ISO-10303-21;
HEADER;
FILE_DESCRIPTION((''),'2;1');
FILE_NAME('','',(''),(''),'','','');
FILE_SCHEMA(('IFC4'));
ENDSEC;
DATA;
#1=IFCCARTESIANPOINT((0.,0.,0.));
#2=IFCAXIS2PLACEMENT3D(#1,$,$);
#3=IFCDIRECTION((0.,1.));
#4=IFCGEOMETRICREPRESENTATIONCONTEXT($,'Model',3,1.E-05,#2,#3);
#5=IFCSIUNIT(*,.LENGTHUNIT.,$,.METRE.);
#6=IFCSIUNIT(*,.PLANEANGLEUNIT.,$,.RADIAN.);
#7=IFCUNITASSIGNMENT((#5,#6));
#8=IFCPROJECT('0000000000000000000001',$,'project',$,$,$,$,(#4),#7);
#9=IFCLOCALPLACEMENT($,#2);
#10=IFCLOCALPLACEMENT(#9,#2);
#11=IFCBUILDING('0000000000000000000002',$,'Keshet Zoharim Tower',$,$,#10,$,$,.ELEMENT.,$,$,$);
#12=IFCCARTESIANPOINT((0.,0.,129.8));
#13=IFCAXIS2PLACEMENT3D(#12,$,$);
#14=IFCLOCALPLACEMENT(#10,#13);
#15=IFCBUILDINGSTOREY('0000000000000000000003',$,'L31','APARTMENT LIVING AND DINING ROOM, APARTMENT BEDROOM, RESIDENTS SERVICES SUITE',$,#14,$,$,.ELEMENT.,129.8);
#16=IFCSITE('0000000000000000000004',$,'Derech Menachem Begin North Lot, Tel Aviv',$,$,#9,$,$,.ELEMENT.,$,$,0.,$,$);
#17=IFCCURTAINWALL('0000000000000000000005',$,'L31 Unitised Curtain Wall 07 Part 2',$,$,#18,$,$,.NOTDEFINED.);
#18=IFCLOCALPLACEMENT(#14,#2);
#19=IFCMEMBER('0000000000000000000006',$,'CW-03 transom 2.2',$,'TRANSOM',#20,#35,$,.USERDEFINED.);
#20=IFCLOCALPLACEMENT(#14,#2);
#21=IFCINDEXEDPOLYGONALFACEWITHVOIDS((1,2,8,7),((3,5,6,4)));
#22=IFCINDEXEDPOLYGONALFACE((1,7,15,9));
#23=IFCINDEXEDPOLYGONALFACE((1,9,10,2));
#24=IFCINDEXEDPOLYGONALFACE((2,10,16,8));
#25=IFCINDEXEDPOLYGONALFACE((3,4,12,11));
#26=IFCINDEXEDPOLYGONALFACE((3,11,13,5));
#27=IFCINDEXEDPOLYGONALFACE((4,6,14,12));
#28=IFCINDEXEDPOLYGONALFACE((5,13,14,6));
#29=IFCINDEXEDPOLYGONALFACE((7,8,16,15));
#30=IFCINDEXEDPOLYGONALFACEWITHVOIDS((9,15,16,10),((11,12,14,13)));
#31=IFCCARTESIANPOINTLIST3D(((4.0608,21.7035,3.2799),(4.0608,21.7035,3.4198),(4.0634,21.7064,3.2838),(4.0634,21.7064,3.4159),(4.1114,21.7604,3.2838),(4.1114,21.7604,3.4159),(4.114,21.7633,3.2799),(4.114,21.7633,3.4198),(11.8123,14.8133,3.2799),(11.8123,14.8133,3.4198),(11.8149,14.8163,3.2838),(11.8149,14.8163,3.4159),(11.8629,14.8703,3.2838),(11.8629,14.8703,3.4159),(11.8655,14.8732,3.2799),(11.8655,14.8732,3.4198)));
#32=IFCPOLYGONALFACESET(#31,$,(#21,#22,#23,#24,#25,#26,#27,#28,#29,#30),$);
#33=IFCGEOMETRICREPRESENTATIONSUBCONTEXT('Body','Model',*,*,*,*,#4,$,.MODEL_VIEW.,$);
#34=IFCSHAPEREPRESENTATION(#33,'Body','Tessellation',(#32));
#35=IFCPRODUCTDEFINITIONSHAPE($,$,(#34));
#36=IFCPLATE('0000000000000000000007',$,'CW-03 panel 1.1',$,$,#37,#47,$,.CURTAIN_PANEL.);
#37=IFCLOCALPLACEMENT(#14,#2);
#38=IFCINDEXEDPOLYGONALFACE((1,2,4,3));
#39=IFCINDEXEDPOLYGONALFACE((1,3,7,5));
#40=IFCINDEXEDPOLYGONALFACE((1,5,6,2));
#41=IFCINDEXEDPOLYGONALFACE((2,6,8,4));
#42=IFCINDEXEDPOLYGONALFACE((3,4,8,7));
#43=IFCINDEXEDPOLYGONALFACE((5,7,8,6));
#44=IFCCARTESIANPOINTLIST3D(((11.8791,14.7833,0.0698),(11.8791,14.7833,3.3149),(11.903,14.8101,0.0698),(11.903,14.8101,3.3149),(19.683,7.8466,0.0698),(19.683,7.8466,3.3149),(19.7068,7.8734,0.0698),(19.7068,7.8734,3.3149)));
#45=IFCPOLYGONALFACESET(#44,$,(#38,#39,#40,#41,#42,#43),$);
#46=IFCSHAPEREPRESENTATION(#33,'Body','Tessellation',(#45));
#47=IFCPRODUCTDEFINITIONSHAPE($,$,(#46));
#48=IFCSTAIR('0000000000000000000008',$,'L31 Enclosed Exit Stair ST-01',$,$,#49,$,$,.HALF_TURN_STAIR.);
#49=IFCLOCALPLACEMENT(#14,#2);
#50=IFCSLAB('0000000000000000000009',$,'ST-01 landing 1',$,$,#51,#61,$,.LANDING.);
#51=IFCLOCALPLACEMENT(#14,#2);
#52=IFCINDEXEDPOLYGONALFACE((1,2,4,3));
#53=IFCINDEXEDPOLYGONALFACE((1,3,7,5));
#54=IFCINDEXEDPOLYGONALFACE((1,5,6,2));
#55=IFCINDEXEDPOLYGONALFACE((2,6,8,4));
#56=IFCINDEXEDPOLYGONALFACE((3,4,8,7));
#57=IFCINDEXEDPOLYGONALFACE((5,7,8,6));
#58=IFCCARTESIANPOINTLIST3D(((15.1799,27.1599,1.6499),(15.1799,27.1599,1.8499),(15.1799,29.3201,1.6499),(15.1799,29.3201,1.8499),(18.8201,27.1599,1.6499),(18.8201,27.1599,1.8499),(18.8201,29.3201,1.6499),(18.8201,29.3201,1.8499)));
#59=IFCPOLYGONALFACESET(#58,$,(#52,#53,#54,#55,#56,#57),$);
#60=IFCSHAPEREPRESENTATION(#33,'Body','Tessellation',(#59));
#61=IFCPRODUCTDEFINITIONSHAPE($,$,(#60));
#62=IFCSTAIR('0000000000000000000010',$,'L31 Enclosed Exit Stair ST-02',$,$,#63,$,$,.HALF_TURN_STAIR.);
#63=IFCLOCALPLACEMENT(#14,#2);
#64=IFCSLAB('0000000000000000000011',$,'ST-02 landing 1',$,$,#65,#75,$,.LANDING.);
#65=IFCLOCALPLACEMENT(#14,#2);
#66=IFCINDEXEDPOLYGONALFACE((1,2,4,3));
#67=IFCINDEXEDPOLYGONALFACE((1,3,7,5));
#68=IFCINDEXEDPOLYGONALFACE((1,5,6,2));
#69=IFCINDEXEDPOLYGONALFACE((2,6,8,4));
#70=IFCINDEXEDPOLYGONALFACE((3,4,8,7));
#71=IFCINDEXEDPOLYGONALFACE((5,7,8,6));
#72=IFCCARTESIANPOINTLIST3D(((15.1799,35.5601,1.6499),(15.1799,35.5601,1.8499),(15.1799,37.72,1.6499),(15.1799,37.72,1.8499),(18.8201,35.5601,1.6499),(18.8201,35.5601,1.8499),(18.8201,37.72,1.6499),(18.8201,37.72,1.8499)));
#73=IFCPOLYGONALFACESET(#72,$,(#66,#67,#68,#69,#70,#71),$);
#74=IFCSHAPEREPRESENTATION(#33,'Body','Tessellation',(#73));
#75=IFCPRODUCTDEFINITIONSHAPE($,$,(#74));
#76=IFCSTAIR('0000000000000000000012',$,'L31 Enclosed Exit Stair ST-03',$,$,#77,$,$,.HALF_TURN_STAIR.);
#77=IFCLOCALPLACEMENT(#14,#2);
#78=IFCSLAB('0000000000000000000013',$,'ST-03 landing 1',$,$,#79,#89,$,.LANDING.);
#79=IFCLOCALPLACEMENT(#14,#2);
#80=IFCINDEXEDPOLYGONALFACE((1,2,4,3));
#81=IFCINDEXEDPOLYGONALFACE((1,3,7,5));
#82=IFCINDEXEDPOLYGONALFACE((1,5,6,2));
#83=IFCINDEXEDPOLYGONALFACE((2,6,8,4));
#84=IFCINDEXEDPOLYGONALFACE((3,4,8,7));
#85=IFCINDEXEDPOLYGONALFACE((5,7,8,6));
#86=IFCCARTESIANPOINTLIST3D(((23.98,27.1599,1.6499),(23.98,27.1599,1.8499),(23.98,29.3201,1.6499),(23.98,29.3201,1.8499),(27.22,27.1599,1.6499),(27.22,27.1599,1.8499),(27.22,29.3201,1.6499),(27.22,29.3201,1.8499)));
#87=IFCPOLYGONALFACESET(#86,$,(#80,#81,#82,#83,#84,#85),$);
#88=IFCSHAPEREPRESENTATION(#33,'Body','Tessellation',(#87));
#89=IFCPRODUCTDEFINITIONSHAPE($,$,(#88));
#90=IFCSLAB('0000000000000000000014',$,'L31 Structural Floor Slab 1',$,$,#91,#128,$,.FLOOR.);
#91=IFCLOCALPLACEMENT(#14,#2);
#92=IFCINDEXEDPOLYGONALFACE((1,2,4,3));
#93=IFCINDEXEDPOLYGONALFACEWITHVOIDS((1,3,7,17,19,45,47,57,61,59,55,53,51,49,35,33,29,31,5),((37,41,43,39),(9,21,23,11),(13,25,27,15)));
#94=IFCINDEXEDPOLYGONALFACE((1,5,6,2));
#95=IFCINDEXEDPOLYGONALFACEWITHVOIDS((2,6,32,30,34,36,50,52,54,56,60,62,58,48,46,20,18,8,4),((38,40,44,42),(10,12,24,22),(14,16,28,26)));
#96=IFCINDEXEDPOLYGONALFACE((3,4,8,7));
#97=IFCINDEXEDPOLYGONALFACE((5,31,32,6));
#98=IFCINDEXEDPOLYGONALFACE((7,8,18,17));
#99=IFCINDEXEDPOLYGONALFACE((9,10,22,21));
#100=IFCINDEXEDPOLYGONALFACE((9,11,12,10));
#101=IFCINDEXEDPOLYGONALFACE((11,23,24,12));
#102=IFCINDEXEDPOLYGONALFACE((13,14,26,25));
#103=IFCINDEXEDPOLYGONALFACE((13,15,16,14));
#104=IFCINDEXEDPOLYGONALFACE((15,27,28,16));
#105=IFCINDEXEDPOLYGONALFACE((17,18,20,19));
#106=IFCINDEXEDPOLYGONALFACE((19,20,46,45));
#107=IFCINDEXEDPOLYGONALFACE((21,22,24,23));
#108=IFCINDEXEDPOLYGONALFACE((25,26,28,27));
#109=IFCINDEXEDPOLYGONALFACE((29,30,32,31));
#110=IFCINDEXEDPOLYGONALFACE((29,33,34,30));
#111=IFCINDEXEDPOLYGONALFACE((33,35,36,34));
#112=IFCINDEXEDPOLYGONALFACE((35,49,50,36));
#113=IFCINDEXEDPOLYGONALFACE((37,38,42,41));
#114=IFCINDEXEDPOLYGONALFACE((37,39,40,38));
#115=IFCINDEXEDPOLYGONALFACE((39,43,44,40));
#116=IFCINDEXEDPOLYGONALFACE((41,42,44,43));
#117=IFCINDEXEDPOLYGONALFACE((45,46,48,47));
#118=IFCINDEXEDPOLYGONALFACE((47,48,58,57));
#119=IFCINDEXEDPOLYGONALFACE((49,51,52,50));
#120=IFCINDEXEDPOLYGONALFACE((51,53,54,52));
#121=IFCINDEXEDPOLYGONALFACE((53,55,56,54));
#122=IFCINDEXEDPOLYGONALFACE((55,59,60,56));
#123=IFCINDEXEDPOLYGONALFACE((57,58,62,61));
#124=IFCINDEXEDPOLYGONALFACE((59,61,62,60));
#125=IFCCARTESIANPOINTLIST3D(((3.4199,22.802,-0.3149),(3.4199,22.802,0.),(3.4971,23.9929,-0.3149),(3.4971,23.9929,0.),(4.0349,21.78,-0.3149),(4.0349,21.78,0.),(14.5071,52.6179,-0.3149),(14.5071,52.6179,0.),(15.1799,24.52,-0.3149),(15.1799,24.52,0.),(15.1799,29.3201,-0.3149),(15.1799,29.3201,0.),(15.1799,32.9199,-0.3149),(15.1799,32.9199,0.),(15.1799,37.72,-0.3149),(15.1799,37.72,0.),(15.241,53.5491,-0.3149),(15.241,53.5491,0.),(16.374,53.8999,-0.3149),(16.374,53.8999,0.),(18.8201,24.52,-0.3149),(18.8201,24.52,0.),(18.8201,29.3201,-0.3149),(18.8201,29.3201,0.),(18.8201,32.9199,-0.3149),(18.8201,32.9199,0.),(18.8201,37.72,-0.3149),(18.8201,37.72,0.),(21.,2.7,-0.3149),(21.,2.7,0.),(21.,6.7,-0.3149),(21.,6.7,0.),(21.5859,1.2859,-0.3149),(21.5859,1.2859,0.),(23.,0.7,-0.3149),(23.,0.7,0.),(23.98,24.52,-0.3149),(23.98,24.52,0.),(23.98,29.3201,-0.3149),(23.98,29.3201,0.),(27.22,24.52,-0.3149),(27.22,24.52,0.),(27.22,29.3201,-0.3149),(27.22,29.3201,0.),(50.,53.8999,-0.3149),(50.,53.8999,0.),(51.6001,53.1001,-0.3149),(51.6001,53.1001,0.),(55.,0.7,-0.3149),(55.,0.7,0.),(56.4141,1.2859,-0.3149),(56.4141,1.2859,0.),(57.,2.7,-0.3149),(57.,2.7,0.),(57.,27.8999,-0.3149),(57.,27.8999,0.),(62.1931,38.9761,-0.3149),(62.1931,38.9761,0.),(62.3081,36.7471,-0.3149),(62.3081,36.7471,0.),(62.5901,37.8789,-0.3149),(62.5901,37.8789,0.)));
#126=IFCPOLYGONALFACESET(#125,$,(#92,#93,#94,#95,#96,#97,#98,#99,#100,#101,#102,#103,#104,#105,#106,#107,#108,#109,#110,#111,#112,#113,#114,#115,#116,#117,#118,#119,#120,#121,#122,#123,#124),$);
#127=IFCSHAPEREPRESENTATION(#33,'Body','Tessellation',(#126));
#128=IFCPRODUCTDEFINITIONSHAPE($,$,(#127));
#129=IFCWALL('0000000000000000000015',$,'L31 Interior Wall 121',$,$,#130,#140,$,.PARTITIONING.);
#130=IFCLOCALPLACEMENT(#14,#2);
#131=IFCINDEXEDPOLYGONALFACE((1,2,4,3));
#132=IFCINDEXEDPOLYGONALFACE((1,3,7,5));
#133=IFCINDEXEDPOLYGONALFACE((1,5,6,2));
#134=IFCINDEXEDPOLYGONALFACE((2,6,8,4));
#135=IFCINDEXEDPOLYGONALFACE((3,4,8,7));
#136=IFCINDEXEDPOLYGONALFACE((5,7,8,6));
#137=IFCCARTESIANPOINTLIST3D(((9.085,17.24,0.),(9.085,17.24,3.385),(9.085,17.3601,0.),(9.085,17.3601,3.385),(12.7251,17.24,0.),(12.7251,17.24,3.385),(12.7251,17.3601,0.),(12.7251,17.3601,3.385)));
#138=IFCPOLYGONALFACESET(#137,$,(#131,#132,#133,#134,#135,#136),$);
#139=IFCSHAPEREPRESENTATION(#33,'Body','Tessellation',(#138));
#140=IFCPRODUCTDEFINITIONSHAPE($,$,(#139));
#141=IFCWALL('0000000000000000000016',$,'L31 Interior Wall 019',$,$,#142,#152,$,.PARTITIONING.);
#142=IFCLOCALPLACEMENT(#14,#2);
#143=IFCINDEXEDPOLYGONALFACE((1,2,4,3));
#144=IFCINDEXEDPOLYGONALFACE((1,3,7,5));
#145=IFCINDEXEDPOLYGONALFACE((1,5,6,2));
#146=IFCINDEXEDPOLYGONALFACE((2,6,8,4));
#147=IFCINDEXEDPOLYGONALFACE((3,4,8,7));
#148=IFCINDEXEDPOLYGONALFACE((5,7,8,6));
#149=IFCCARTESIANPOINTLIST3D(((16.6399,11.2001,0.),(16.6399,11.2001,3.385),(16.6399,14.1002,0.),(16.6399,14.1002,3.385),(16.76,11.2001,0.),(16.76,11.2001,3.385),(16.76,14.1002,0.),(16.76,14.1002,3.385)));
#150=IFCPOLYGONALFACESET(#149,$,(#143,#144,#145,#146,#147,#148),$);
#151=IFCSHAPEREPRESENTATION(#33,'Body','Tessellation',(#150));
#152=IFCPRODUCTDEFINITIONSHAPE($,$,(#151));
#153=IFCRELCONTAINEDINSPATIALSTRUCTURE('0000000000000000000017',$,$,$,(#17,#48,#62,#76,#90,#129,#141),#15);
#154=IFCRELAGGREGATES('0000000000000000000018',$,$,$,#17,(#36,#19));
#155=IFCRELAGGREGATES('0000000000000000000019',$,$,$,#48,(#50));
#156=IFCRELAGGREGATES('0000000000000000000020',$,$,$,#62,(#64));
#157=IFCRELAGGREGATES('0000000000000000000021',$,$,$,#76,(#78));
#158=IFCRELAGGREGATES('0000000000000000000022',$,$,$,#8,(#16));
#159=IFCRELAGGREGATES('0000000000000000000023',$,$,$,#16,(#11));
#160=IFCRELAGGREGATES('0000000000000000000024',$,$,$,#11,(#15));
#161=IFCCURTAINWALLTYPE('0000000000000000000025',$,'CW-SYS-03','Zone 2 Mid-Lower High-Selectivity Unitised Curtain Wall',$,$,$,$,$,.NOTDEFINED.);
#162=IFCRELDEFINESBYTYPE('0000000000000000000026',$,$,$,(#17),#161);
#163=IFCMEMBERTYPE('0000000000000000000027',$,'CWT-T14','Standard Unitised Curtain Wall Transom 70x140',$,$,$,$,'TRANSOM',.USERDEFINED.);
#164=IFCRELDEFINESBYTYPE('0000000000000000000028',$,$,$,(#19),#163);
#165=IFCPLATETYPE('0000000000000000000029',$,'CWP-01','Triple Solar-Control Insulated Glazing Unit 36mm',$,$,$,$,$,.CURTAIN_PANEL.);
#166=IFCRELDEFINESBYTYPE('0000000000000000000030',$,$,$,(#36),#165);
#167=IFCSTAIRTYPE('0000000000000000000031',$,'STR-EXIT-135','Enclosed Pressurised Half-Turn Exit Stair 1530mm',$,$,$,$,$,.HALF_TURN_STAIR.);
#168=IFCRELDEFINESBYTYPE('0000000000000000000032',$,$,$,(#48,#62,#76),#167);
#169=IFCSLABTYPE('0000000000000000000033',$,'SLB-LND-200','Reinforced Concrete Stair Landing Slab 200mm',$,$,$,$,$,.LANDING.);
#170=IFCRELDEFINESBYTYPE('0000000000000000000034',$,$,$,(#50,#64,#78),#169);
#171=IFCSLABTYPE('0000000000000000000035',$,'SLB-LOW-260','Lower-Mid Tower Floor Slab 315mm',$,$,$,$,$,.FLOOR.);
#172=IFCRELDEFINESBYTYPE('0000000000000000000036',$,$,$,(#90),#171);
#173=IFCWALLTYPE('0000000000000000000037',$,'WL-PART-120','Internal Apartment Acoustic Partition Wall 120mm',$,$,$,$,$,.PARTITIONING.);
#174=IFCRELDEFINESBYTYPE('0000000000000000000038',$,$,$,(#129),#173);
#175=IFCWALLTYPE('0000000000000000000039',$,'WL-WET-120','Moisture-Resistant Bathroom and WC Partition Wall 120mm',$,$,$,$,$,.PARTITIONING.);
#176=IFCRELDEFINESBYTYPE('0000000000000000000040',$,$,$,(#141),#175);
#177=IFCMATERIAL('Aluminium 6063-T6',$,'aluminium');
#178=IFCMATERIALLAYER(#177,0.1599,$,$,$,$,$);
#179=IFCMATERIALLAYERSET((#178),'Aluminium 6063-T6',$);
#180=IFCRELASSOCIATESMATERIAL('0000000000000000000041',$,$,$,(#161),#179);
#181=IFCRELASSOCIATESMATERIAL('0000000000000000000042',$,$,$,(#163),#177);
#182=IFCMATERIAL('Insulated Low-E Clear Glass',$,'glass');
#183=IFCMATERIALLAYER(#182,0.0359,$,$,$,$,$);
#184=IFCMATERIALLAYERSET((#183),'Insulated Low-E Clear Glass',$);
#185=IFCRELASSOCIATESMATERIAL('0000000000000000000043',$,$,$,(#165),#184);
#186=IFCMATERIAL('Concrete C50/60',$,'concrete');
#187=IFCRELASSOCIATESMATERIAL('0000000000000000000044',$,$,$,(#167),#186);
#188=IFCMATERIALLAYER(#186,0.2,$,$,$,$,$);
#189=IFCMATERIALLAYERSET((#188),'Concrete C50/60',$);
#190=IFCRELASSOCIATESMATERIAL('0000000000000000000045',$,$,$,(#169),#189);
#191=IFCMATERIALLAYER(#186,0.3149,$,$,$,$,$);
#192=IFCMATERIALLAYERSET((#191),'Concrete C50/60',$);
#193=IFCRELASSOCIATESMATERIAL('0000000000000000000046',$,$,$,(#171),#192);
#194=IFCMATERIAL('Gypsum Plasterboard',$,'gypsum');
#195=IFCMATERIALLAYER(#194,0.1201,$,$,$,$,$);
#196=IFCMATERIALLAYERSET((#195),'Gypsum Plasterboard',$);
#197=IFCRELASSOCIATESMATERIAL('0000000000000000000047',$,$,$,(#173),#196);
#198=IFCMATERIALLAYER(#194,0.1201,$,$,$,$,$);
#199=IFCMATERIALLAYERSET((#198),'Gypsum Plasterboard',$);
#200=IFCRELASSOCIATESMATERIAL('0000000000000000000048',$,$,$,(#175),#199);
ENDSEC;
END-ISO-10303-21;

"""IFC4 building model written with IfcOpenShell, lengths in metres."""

from ifc_helpers import new_model, si_unit, direction, frame, frame_2d, origin, origin_2d, place, context, subcontext, project, spatial, polyline, rectangle, hollow_rectangle, outline, extrude, material, layer, layer_set, material_profile, profile_set, type_object, element, aggregate, save


model = new_model("IFC4")

# Units and contexts
model_context = context("Model", 3, precision=1e-05, world=origin(), true_north=direction((0.0, 1.0)))
body_context = subcontext(model_context, "Body", "Model", "MODEL_VIEW")
ifc_project = project(units=[si_unit("LENGTHUNIT", "METRE"), si_unit("PLANEANGLEUNIT", "RADIAN")], contexts=[model_context])

# Site, building, storey
site_placement = place(None, origin())
site = spatial("IfcSite", under=ifc_project, at=site_placement, Name="Derech Menachem Begin North Lot, Tel Aviv", CompositionType="ELEMENT", RefElevation=0.0)
building_placement = place(site_placement, origin())
building = spatial("IfcBuilding", under=site, at=building_placement, Name="Keshet Zoharim Tower", CompositionType="ELEMENT")
storey_placement = place(building_placement, frame((0.0, 0.0, 129.8)))
storey = spatial("IfcBuildingStorey", under=building, at=storey_placement, Name="L31", Description="APARTMENT LIVING AND DINING ROOM, APARTMENT BEDROOM, RESIDENTS SERVICES SUITE", CompositionType="ELEMENT", Elevation=129.8)

# Curtain wall, member, plate
ifc_material_1 = material(Name="Aluminium 6063-T6", Category="aluminium")
ifc_layer_1 = layer(ifc_material_1, 0.1599)
ifc_layer_set_1 = layer_set([ifc_layer_1], Name="Aluminium 6063-T6")
curtain_wall_type = type_object("IfcCurtainWallType", Name="CW-SYS-03", Description="Zone 2 Mid-Lower High-Selectivity Unitised Curtain Wall", PredefinedType="NOTDEFINED", material=ifc_layer_set_1)
curtain_wall_placement = place(storey_placement, origin())
curtain_wall = element("IfcCurtainWall", 1, at=curtain_wall_placement, inside=storey, type_object=curtain_wall_type, Name="L31 Unitised Curtain Wall 07 Part 2", PredefinedType="NOTDEFINED")
ifc_material_profile_1 = material_profile(ifc_material_1, hollow_rectangle(XDim=0.0801, YDim=0.1399, WallThickness=0.0039, at=origin_2d()), Name="TRN-80x140")
ifc_profile_set_1 = profile_set([ifc_material_profile_1], Name="Aluminium 6063-T6")
member_type_1 = type_object("IfcMemberType", Name="CWT-T14", Description="Standard Unitised Curtain Wall Transom 70x140", ElementType="TRANSOM", PredefinedType="USERDEFINED", material=ifc_profile_set_1)
member_1_placement = place(storey_placement, frame((11.8389, 14.8433, 3.3499), z_axis=(-0.747412, 0.664361, 0.0), x_axis=(-0.664361, -0.747412, 0.0)))
member_1 = element("IfcMember", 2, at=member_1_placement, type_object=member_type_1, Name="CW-03 transom 2.2", ObjectType="TRANSOM", PredefinedType="USERDEFINED", context=body_context, shape_type="SweptSolid", body=[
    extrude(hollow_rectangle(XDim=0.0801, YDim=0.1399, WallThickness=0.0039, at=origin_2d()), origin(), (0.0, 0.0, 1.0), 10.3711),
])
ifc_material_2 = material(Name="Insulated Low-E Clear Glass", Category="glass")
ifc_layer_2 = layer(ifc_material_2, 0.0359)
ifc_layer_set_2 = layer_set([ifc_layer_2], Name="Insulated Low-E Clear Glass")
plate_type = type_object("IfcPlateType", Name="CWP-01", Description="Triple Solar-Control Insulated Glazing Unit 36mm", PredefinedType="CURTAIN_PANEL", material=ifc_layer_set_2)
plate_placement = place(storey_placement, frame((15.793, 11.3284, 0.0698), z_axis=(0.0, 0.0, 1.0), x_axis=(-0.74741, 0.664364, 0.0)))
plate = element("IfcPlate", 3, at=plate_placement, type_object=plate_type, Name="CW-03 panel 1.1", PredefinedType="CURTAIN_PANEL", context=body_context, shape_type="SweptSolid", body=[
    extrude(rectangle(XDim=10.4412, YDim=0.0359, at=origin_2d()), origin(), (0.0, 0.0, 1.0), 3.2451),
])
aggregate(curtain_wall, [plate, member_1])

# Stairs, slabs
ifc_material_3 = material(Name="Concrete C50/60", Category="concrete")
stair_type = type_object("IfcStairType", Name="STR-EXIT-135", Description="Enclosed Pressurised Half-Turn Exit Stair 1530mm", PredefinedType="HALF_TURN_STAIR", material=ifc_material_3)
stair_1_placement = place(storey_placement, origin())
stair_1 = element("IfcStair", 4, at=stair_1_placement, inside=storey, type_object=stair_type, Name="L31 Enclosed Exit Stair ST-01", PredefinedType="HALF_TURN_STAIR")
ifc_layer_3 = layer(ifc_material_3, 0.2)
ifc_layer_set_3 = layer_set([ifc_layer_3], Name="Concrete C50/60")
slab_type_1 = type_object("IfcSlabType", Name="SLB-LND-200", Description="Reinforced Concrete Stair Landing Slab 200mm", PredefinedType="LANDING", material=ifc_layer_set_3)
slab_1_placement = place(storey_placement, frame((0.0, 0.0, 1.6499)))
slab_1 = element("IfcSlab", 5, at=slab_1_placement, type_object=slab_type_1, Name="ST-01 landing 1", PredefinedType="LANDING", context=body_context, shape_type="SweptSolid", body=[
    extrude(outline(polyline([(15.1799, 27.1599), (18.8201, 27.1599), (18.8201, 29.3201), (15.1799, 29.3201), (15.1799, 27.1599)])), origin(), (0.0, 0.0, 1.0), 0.2),
])
aggregate(stair_1, [slab_1])
stair_2_placement = place(storey_placement, origin())
stair_2 = element("IfcStair", 6, at=stair_2_placement, inside=storey, type_object=stair_type, Name="L31 Enclosed Exit Stair ST-02", PredefinedType="HALF_TURN_STAIR")
slab_2_placement = place(storey_placement, frame((0.0, 0.0, 1.6499)))
slab_2 = element("IfcSlab", 7, at=slab_2_placement, type_object=slab_type_1, Name="ST-02 landing 1", PredefinedType="LANDING", context=body_context, shape_type="SweptSolid", body=[
    extrude(outline(polyline([(15.1799, 35.5601), (18.8201, 35.5601), (18.8201, 37.72), (15.1799, 37.72), (15.1799, 35.5601)])), origin(), (0.0, 0.0, 1.0), 0.2),
])
aggregate(stair_2, [slab_2])
stair_3_placement = place(storey_placement, origin())
stair_3 = element("IfcStair", 8, at=stair_3_placement, inside=storey, type_object=stair_type, Name="L31 Enclosed Exit Stair ST-03", PredefinedType="HALF_TURN_STAIR")
slab_3_placement = place(storey_placement, frame((0.0, 0.0, 1.6499)))
slab_3 = element("IfcSlab", 9, at=slab_3_placement, type_object=slab_type_1, Name="ST-03 landing 1", PredefinedType="LANDING", context=body_context, shape_type="SweptSolid", body=[
    extrude(outline(polyline([(23.98, 27.1599), (27.22, 27.1599), (27.22, 29.3201), (23.98, 29.3201), (23.98, 27.1599)])), origin(), (0.0, 0.0, 1.0), 0.2),
])
aggregate(stair_3, [slab_3])

# Slab
ifc_layer_4 = layer(ifc_material_3, 0.3149)
ifc_layer_set_4 = layer_set([ifc_layer_4], Name="Concrete C50/60")
slab_type_2 = type_object("IfcSlabType", Name="SLB-LOW-260", Description="Lower-Mid Tower Floor Slab 315mm", PredefinedType="FLOOR", material=ifc_layer_set_4)
slab_4_placement = place(storey_placement, frame((0.0, 0.0, -0.3149)))
element("IfcSlab", 10, at=slab_4_placement, inside=storey, type_object=slab_type_2, Name="L31 Structural Floor Slab 1", PredefinedType="FLOOR", context=body_context, shape_type="SweptSolid", body=[
    extrude(outline(polyline([(57.0, 2.7), (56.4141, 1.2859), (55.0, 0.7), (23.0, 0.7), (21.5859, 1.2859), (21.0, 2.7), (21.0, 6.7), (4.0349, 21.78), (3.4199, 22.802), (3.4971, 23.9929), (14.5071, 52.6179), (15.241, 53.5491), (16.374, 53.8999), (50.0, 53.8999), (51.6001, 53.1001), (62.1931, 38.9761), (62.5901, 37.8789), (62.3081, 36.7471), (57.0, 27.8999), (57.0, 2.7)]), holes=[polyline([(15.1799, 24.52), (18.8201, 24.52), (18.8201, 29.3201), (15.1799, 29.3201), (15.1799, 24.52)]), polyline([(15.1799, 32.9199), (18.8201, 32.9199), (18.8201, 37.72), (15.1799, 37.72), (15.1799, 32.9199)]), polyline([(23.98, 24.52), (27.22, 24.52), (27.22, 29.3201), (23.98, 29.3201), (23.98, 24.52)])]), origin(), (0.0, 0.0, 1.0), 0.3149),
])

# Shared definitions
ifc_material_4 = material(Name="Gypsum Plasterboard", Category="gypsum")
ifc_layer_5 = layer(ifc_material_4, 0.1201)
ifc_layer_set_5 = layer_set([ifc_layer_5], Name="Gypsum Plasterboard")
wall_type_1 = type_object("IfcWallType", Name="WL-PART-120", Description="Internal Apartment Acoustic Partition Wall 120mm", PredefinedType="PARTITIONING", material=ifc_layer_set_5)

# Walls
wall_1_placement = place(storey_placement, frame((9.085, 17.3, 0.0), z_axis=(0.0, 0.0, 1.0), x_axis=(1.0, 0.0, 0.0)))
element("IfcWall", 11, at=wall_1_placement, inside=storey, type_object=wall_type_1, Name="L31 Interior Wall 121", PredefinedType="PARTITIONING", context=body_context, shape_type="SweptSolid", body=[
    extrude(rectangle(XDim=3.6401, YDim=0.1201, at=frame_2d((1.8201, 0.0))), origin(), (0.0, 0.0, 1.0), 3.385),
])
ifc_layer_6 = layer(ifc_material_4, 0.1201)
ifc_layer_set_6 = layer_set([ifc_layer_6], Name="Gypsum Plasterboard")
wall_type_2 = type_object("IfcWallType", Name="WL-WET-120", Description="Moisture-Resistant Bathroom and WC Partition Wall 120mm", PredefinedType="PARTITIONING", material=ifc_layer_set_6)
wall_2_placement = place(storey_placement, frame((16.7, 11.2, 0.0), z_axis=(0.0, 0.0, 1.0), x_axis=(0.0, 1.0, 0.0)))
element("IfcWall", 12, at=wall_2_placement, inside=storey, type_object=wall_type_2, Name="L31 Interior Wall 019", PredefinedType="PARTITIONING", context=body_context, shape_type="SweptSolid", body=[
    extrude(rectangle(XDim=2.9001, YDim=0.1201, at=frame_2d((1.4502, 0.0))), origin(), (0.0, 0.0, 1.0), 3.385),
])

save(model, "model.ifc")
